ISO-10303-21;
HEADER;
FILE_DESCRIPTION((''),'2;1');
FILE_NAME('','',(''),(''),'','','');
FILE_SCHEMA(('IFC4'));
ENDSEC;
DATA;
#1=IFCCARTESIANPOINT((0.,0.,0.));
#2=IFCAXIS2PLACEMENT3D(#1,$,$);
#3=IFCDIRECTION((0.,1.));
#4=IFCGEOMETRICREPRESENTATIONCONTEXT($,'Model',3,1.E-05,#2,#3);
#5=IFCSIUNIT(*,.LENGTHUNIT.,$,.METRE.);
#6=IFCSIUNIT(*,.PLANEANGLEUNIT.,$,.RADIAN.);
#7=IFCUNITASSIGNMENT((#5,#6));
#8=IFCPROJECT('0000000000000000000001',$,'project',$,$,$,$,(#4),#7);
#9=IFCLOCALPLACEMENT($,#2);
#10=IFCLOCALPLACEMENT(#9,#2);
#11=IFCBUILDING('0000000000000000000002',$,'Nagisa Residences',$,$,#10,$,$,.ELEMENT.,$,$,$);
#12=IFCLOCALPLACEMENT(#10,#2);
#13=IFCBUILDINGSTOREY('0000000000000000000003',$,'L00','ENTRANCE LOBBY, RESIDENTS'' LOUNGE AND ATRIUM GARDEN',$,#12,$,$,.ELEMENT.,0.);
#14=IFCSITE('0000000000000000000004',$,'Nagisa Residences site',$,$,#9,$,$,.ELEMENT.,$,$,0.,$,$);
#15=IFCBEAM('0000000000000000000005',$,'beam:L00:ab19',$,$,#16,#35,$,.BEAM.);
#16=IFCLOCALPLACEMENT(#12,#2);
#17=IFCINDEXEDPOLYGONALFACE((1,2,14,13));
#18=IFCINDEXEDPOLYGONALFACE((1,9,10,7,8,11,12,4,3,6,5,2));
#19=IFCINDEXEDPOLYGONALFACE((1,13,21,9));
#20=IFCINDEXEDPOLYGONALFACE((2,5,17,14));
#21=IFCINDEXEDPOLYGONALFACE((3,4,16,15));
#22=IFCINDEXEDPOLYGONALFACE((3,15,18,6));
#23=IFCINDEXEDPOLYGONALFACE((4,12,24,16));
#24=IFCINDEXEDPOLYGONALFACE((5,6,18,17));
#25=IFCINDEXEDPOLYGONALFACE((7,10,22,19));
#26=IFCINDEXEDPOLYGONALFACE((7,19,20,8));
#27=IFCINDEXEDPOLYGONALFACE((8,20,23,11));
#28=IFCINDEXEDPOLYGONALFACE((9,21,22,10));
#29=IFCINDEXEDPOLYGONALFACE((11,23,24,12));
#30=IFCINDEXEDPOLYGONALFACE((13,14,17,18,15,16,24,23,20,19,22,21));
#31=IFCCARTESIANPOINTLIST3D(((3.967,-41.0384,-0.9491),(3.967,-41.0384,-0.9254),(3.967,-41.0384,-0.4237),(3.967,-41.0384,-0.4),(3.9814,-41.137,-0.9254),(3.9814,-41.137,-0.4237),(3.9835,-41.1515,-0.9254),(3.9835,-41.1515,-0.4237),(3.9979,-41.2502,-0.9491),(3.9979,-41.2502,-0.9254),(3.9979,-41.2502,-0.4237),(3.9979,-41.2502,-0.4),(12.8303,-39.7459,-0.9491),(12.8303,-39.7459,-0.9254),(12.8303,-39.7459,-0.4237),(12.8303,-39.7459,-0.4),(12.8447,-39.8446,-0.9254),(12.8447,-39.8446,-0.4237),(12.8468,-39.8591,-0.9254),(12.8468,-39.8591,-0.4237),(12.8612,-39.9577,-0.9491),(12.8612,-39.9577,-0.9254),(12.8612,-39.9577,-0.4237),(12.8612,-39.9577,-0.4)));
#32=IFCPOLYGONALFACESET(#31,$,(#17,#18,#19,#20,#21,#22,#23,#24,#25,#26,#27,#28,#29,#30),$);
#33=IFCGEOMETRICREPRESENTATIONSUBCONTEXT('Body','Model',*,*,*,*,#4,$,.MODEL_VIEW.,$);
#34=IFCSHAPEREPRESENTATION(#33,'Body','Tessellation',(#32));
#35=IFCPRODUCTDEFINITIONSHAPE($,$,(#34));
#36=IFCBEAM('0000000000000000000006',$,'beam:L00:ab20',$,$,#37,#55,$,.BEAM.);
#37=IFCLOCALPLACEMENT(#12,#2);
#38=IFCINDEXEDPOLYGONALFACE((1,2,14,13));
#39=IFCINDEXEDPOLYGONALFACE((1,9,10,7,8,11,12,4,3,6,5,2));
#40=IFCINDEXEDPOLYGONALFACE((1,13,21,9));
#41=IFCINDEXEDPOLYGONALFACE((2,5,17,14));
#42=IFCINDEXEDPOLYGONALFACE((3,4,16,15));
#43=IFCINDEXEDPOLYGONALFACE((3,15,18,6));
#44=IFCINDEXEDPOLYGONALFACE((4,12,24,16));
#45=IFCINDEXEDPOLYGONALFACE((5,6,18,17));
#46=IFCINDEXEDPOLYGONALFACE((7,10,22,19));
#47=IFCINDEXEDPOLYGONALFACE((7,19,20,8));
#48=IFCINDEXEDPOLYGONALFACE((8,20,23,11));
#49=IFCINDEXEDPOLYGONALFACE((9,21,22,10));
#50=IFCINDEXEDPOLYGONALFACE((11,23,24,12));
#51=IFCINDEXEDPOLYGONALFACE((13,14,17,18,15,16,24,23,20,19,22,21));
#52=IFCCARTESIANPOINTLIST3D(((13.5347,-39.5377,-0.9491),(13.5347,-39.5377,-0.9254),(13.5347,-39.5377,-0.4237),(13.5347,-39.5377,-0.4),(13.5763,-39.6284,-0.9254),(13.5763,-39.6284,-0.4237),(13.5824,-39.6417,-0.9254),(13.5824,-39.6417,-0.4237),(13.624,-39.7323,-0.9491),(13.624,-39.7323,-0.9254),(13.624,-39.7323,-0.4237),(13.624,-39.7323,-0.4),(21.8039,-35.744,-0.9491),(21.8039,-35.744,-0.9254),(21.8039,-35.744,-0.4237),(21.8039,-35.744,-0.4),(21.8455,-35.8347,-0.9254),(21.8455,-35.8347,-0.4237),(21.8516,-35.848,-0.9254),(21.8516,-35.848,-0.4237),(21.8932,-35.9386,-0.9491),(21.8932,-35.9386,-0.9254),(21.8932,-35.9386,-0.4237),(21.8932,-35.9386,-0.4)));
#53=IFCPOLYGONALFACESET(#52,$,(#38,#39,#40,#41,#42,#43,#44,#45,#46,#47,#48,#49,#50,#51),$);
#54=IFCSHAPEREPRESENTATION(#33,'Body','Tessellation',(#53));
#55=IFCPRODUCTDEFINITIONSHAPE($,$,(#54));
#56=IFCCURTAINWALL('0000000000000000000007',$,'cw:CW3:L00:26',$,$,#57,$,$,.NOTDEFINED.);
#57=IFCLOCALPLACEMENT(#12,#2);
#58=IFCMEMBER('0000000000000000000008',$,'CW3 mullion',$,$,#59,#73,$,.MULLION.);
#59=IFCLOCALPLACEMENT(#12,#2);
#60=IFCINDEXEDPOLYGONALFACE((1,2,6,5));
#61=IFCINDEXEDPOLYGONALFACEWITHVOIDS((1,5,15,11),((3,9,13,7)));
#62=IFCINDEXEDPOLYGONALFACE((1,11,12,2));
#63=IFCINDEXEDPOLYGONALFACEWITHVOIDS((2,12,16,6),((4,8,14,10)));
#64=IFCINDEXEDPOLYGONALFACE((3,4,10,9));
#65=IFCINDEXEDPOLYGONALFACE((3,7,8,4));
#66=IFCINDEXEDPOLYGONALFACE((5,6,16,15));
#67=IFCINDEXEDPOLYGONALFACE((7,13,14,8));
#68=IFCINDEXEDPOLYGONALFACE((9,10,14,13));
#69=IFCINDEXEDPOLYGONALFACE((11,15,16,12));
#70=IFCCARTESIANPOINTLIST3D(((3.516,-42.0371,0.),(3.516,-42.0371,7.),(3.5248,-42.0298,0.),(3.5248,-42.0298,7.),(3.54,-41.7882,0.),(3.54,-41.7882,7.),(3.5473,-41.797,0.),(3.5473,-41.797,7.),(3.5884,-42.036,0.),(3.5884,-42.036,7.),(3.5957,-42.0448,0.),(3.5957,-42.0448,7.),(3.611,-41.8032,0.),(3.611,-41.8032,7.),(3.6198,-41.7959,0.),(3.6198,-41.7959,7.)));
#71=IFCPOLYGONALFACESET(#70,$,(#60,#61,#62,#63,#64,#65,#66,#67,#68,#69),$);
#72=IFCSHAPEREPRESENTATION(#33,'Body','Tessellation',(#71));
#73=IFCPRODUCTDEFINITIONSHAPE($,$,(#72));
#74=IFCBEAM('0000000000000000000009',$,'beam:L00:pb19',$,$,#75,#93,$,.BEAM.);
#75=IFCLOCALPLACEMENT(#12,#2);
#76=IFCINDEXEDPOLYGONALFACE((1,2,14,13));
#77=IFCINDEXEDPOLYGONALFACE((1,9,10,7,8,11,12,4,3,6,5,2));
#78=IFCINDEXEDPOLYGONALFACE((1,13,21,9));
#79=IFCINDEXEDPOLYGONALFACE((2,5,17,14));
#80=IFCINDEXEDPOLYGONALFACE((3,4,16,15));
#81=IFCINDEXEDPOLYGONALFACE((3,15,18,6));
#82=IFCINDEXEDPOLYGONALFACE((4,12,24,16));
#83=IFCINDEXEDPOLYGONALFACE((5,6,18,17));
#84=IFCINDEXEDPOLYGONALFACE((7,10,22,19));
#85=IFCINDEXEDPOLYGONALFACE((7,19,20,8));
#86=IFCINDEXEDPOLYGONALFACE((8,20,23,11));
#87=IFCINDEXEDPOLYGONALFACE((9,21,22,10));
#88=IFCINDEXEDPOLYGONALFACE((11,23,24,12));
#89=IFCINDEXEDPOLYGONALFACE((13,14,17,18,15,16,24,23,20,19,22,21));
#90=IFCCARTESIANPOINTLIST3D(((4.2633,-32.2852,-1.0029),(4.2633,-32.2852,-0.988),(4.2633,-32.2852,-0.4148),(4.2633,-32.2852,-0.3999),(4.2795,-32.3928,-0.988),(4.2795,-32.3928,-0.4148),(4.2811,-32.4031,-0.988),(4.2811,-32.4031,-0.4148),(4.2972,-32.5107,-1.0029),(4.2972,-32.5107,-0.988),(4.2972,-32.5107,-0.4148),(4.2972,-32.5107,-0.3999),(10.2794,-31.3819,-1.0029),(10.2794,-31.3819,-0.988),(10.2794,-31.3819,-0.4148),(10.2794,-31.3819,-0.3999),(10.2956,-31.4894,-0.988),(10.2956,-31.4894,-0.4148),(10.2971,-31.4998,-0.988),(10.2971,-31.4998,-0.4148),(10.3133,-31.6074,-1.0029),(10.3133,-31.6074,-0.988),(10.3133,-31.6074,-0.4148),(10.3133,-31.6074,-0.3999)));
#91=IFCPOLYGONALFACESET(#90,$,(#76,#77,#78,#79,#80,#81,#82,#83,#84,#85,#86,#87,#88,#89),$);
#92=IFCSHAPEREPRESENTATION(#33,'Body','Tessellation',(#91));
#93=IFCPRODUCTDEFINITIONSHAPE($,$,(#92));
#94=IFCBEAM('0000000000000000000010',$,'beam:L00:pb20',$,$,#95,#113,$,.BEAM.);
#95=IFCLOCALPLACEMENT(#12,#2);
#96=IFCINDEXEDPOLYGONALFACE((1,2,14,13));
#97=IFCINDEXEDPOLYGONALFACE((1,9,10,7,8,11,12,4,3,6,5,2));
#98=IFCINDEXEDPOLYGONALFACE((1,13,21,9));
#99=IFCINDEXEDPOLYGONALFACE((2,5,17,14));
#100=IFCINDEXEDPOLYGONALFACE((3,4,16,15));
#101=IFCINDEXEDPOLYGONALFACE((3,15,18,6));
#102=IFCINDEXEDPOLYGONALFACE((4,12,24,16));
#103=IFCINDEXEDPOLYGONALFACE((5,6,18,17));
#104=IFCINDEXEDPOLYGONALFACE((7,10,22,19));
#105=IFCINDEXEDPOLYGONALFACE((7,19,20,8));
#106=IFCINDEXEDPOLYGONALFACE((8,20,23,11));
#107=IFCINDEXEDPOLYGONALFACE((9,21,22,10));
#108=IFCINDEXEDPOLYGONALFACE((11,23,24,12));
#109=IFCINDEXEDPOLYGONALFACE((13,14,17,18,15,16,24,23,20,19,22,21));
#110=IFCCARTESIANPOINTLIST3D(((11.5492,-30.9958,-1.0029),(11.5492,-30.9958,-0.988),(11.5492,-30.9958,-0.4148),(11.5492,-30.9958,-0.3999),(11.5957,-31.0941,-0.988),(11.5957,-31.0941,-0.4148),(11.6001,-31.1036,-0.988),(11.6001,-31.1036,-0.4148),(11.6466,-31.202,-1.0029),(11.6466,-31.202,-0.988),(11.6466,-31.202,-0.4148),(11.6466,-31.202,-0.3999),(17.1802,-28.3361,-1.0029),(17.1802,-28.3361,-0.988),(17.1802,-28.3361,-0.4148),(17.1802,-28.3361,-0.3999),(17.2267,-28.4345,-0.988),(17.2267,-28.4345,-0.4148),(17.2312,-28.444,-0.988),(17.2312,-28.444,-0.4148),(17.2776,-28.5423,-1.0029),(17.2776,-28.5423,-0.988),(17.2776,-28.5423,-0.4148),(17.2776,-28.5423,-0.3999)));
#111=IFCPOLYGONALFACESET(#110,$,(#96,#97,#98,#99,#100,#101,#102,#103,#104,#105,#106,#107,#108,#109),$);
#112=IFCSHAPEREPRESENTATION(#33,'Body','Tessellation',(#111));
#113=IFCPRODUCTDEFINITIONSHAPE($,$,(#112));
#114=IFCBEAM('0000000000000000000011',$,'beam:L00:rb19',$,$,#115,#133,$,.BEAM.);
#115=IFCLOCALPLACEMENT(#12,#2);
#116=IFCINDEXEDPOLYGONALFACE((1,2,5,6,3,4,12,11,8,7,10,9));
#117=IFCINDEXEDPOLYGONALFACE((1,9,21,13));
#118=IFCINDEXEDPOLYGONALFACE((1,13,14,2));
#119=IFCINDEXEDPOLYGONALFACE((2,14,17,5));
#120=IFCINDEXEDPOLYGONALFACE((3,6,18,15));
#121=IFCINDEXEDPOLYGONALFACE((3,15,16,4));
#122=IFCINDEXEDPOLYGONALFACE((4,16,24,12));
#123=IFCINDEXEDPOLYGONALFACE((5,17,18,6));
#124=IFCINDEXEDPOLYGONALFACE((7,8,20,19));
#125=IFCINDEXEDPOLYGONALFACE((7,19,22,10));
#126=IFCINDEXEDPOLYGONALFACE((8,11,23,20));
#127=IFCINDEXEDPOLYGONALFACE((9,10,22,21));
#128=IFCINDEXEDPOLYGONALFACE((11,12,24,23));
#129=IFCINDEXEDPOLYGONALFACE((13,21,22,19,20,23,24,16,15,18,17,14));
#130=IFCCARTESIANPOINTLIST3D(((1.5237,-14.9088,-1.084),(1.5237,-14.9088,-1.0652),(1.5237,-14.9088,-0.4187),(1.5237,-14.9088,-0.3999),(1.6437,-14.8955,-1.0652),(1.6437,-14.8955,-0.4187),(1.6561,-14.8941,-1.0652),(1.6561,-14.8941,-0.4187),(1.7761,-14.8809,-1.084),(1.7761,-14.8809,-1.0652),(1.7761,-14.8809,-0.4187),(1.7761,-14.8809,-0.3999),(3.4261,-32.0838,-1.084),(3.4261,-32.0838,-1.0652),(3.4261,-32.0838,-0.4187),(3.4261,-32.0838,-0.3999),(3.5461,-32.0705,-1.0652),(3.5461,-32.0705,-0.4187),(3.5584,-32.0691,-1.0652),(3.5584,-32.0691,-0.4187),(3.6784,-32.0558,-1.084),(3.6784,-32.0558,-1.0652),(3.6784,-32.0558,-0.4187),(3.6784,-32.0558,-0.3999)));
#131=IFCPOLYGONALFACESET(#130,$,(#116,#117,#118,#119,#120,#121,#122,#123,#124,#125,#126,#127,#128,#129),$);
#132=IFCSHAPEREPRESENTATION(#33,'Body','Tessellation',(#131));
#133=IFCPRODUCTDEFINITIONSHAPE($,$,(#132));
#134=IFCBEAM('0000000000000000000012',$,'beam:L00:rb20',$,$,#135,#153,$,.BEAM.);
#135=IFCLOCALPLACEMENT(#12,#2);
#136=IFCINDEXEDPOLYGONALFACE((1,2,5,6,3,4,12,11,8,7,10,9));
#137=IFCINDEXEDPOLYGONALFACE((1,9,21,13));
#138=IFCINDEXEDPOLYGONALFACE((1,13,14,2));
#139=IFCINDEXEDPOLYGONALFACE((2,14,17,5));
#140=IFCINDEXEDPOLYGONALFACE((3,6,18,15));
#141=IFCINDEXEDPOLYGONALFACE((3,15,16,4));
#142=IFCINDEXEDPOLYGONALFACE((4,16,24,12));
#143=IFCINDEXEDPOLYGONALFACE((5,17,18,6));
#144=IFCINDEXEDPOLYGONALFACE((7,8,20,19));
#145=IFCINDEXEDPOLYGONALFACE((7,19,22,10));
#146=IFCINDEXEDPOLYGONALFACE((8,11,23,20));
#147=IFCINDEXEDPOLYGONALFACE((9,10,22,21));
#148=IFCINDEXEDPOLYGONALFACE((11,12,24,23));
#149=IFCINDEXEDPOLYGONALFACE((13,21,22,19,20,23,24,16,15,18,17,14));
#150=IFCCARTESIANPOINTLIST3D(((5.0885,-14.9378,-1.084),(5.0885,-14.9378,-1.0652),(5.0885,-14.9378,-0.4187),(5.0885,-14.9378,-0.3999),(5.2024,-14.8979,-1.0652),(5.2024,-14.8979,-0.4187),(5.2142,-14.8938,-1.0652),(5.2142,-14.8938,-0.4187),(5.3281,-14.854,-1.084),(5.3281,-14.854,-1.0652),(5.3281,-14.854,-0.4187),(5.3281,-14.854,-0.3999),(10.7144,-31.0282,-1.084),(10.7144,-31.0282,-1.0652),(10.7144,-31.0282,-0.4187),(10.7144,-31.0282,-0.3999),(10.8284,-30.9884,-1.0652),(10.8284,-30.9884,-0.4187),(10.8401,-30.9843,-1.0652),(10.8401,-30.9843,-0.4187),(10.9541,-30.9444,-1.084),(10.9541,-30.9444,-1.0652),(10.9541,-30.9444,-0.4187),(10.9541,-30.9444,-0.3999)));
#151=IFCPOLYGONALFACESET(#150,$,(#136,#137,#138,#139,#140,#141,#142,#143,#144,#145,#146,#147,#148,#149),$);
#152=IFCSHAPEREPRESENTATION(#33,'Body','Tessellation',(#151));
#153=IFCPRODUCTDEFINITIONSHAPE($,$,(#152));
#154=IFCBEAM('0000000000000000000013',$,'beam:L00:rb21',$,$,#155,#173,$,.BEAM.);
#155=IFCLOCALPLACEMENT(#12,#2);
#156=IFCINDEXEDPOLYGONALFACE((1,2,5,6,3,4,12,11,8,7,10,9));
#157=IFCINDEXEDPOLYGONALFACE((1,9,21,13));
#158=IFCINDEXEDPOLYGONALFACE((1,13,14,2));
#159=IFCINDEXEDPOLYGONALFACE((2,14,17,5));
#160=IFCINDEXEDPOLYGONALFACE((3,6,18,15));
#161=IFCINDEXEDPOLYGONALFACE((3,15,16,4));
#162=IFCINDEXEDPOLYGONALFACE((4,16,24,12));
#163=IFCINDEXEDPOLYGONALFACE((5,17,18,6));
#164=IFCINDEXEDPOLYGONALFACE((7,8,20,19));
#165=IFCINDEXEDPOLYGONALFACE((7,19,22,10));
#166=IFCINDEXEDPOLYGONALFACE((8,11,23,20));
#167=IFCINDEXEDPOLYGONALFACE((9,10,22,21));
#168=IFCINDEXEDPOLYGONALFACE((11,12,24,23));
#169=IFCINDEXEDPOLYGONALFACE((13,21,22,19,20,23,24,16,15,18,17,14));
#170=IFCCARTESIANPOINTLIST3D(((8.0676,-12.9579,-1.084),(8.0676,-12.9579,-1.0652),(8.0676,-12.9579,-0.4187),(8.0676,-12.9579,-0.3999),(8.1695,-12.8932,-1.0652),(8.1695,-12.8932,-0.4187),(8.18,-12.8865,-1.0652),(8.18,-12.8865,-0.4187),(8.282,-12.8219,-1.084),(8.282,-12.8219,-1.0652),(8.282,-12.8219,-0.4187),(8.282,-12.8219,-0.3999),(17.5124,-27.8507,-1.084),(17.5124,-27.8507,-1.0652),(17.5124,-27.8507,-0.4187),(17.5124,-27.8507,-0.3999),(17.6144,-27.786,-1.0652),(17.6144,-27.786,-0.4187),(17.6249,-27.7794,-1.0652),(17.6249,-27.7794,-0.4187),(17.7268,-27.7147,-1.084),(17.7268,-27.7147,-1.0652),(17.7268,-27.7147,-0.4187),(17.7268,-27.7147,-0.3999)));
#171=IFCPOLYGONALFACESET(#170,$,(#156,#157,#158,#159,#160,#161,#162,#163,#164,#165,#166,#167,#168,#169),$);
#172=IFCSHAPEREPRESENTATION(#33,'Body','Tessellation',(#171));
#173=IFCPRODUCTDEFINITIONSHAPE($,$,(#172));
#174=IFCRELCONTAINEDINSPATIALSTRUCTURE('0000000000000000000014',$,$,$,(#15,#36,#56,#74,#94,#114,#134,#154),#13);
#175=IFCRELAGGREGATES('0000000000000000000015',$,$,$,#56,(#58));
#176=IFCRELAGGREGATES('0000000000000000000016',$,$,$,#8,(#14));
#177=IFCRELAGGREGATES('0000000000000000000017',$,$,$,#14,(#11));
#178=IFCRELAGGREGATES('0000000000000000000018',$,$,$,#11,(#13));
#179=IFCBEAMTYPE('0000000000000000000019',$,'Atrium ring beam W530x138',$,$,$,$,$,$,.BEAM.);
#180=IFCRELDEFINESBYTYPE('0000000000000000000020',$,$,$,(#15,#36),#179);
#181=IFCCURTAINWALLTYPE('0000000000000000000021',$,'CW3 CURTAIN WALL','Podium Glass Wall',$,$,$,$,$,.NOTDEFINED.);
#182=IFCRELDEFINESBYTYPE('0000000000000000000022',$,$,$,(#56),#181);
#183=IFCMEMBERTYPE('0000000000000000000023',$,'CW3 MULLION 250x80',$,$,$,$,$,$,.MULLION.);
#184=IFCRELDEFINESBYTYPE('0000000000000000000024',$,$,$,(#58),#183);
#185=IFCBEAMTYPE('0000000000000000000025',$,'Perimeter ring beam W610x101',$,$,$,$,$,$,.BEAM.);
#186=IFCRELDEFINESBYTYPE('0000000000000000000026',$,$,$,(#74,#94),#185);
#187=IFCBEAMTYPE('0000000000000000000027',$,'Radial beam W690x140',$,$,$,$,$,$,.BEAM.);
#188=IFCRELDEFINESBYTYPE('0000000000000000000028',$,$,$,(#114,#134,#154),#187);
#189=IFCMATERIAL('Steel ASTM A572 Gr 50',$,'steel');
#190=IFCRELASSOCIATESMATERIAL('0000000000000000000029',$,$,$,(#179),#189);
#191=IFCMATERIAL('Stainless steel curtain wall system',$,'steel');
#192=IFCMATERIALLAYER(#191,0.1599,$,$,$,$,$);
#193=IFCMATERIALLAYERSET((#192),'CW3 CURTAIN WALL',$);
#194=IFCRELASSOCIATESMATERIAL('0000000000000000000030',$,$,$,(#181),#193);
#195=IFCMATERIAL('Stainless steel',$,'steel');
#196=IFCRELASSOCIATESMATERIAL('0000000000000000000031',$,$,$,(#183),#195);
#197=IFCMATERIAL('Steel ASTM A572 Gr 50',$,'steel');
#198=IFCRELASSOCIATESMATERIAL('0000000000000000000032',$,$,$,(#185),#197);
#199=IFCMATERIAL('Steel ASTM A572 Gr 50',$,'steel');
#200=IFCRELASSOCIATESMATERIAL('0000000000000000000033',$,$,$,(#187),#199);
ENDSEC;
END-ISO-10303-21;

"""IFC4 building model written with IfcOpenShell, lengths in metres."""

from ifc_helpers import new_model, si_unit, direction, frame, origin, origin_2d, place, context, subcontext, project, spatial, hollow_rectangle, i_section, extrude, material, layer, layer_set, material_profile, profile_set, type_object, element, aggregate, save


model = new_model("IFC4")

# Units and contexts
model_context = context("Model", 3, precision=1e-05, world=origin(), true_north=direction((0.0, 1.0)))
body_context = subcontext(model_context, "Body", "Model", "MODEL_VIEW")
ifc_project = project(units=[si_unit("LENGTHUNIT", "METRE"), si_unit("PLANEANGLEUNIT", "RADIAN")], contexts=[model_context])

# Site, building, storey
site_placement = place(None, origin())
site = spatial("IfcSite", under=ifc_project, at=site_placement, Name="Nagisa Residences site", CompositionType="ELEMENT", RefElevation=0.0)
building_placement = place(site_placement, origin())
building = spatial("IfcBuilding", under=site, at=building_placement, Name="Nagisa Residences", CompositionType="ELEMENT")
storey_placement = place(building_placement, origin())
storey = spatial("IfcBuildingStorey", under=building, at=storey_placement, Name="L00", Description="ENTRANCE LOBBY, RESIDENTS' LOUNGE AND ATRIUM GARDEN", CompositionType="ELEMENT", Elevation=0.0)

# Beams
ifc_material_1 = material(Name="Steel ASTM A572 Gr 50", Category="steel")
ifc_material_profile_1 = material_profile(ifc_material_1, i_section(OverallWidth=0.2141, OverallDepth=0.5491, WebThickness=0.0146, FlangeThickness=0.0237, at=origin_2d()), Name="W530x138")
ifc_profile_set_1 = profile_set([ifc_material_profile_1], Name="Steel ASTM A572 Gr 50")
beam_type_1 = type_object("IfcBeamType", Name="Atrium ring beam W530x138", PredefinedType="BEAM", material=ifc_profile_set_1)
beam_1_placement = place(storey_placement, frame((3.9824, -41.1443, -0.6746), z_axis=(0.989534, 0.144298, 0.0), x_axis=(-0.144298, 0.989534, 0.0)))
element("IfcBeam", 1, at=beam_1_placement, inside=storey, type_object=beam_type_1, Name="beam:L00:ab19", PredefinedType="BEAM", context=body_context, shape_type="SweptSolid", body=[
    extrude(i_section(OverallWidth=0.2141, OverallDepth=0.5491, WebThickness=0.0146, FlangeThickness=0.0237, at=origin_2d()), origin(), (0.0, 0.0, 1.0), 8.957),
])
beam_2_placement = place(storey_placement, frame((13.5793, -39.635, -0.6746), z_axis=(0.908914, 0.416983, 0.0), x_axis=(-0.416983, 0.908914, 0.0)))
element("IfcBeam", 2, at=beam_2_placement, inside=storey, type_object=beam_type_1, Name="beam:L00:ab20", PredefinedType="BEAM", context=body_context, shape_type="SweptSolid", body=[
    extrude(i_section(OverallWidth=0.2141, OverallDepth=0.5491, WebThickness=0.0146, FlangeThickness=0.0237, at=origin_2d()), origin(), (0.0, 0.0, 1.0), 9.0979),
])

# Curtain wall, member
ifc_material_2 = material(Name="Stainless steel curtain wall system", Category="steel")
ifc_layer_1 = layer(ifc_material_2, 0.1599)
ifc_layer_set_1 = layer_set([ifc_layer_1], Name="CW3 CURTAIN WALL")
curtain_wall_type = type_object("IfcCurtainWallType", Name="CW3 CURTAIN WALL", Description="Podium Glass Wall", PredefinedType="NOTDEFINED", material=ifc_layer_set_1)
curtain_wall_placement = place(storey_placement, origin())
curtain_wall = element("IfcCurtainWall", 3, at=curtain_wall_placement, inside=storey, type_object=curtain_wall_type, Name="cw:CW3:L00:26", PredefinedType="NOTDEFINED")
ifc_material_3 = material(Name="Stainless steel", Category="steel")
ifc_material_profile_2 = material_profile(ifc_material_3, hollow_rectangle(XDim=0.25, YDim=0.0801, WallThickness=0.0081, at=origin_2d()), Name="CW3 MULLION 250x80")
ifc_profile_set_2 = profile_set([ifc_material_profile_2], Name="Stainless steel")
member_type = type_object("IfcMemberType", Name="CW3 MULLION 250x80", PredefinedType="MULLION", material=ifc_profile_set_2)
member_placement = place(storey_placement, frame((3.5679, -41.9165, 0.0), z_axis=(0.0, 0.0, 1.0), x_axis=(0.096249, 0.995357, 0.0)))
member = element("IfcMember", 4, at=member_placement, type_object=member_type, Name="CW3 mullion", PredefinedType="MULLION", context=body_context, shape_type="SweptSolid", body=[
    extrude(hollow_rectangle(XDim=0.25, YDim=0.0801, WallThickness=0.0081, at=origin_2d()), origin(), (0.0, 0.0, 1.0), 7.0),
])
aggregate(curtain_wall, [member])

# Beams
ifc_material_4 = material(Name="Steel ASTM A572 Gr 50", Category="steel")
ifc_material_profile_3 = material_profile(ifc_material_4, i_section(OverallWidth=0.228, OverallDepth=0.603, WebThickness=0.0105, FlangeThickness=0.0149, at=origin_2d()), Name="W610x101")
ifc_profile_set_3 = profile_set([ifc_material_profile_3], Name="Steel ASTM A572 Gr 50")
beam_type_2 = type_object("IfcBeamType", Name="Perimeter ring beam W610x101", PredefinedType="BEAM", material=ifc_profile_set_3)
beam_3_placement = place(storey_placement, frame((4.2803, -32.3979, -0.7014), z_axis=(0.988915, 0.148486, 0.0), x_axis=(-0.148486, 0.988915, 0.0)))
element("IfcBeam", 5, at=beam_3_placement, inside=storey, type_object=beam_type_2, Name="beam:L00:pb19", PredefinedType="BEAM", context=body_context, shape_type="SweptSolid", body=[
    extrude(i_section(OverallWidth=0.228, OverallDepth=0.603, WebThickness=0.0105, FlangeThickness=0.0149, at=origin_2d()), origin(), (0.0, 0.0, 1.0), 6.0835),
])
beam_4_placement = place(storey_placement, frame((11.5979, -31.0989, -0.7014), z_axis=(0.904215, 0.427077, 0.0), x_axis=(-0.427077, 0.904215, 0.0)))
element("IfcBeam", 6, at=beam_4_placement, inside=storey, type_object=beam_type_2, Name="beam:L00:pb20", PredefinedType="BEAM", context=body_context, shape_type="SweptSolid", body=[
    extrude(i_section(OverallWidth=0.228, OverallDepth=0.603, WebThickness=0.0105, FlangeThickness=0.0149, at=origin_2d()), origin(), (0.0, 0.0, 1.0), 6.2275),
])
ifc_material_5 = material(Name="Steel ASTM A572 Gr 50", Category="steel")
ifc_material_profile_4 = material_profile(ifc_material_5, i_section(OverallWidth=0.2539, OverallDepth=0.6841, WebThickness=0.0125, FlangeThickness=0.0188, at=origin_2d()), Name="W690x140")
ifc_profile_set_4 = profile_set([ifc_material_profile_4], Name="Steel ASTM A572 Gr 50")
beam_type_3 = type_object("IfcBeamType", Name="Radial beam W690x140", PredefinedType="BEAM", material=ifc_profile_set_4)
beam_5_placement = place(storey_placement, frame((3.5522, -32.0698, -0.7419), z_axis=(-0.110089, 0.993922, 0.0), x_axis=(-0.993922, -0.110089, 0.0)))
element("IfcBeam", 7, at=beam_5_placement, inside=storey, type_object=beam_type_3, Name="beam:L00:rb19", PredefinedType="BEAM", context=body_context, shape_type="SweptSolid", body=[
    extrude(i_section(OverallWidth=0.2539, OverallDepth=0.6841, WebThickness=0.0125, FlangeThickness=0.0188, at=origin_2d()), origin(), (0.0, 0.0, 1.0), 17.28),
])
beam_6_placement = place(storey_placement, frame((10.8342, -30.9863, -0.7419), z_axis=(-0.330051, 0.943963, 0.0), x_axis=(-0.943963, -0.330051, 0.0)))
element("IfcBeam", 8, at=beam_6_placement, inside=storey, type_object=beam_type_3, Name="beam:L00:rb20", PredefinedType="BEAM", context=body_context, shape_type="SweptSolid", body=[
    extrude(i_section(OverallWidth=0.2539, OverallDepth=0.6841, WebThickness=0.0125, FlangeThickness=0.0188, at=origin_2d()), origin(), (0.0, 0.0, 1.0), 17.0457),
])
beam_7_placement = place(storey_placement, frame((17.6196, -27.7827, -0.7419), z_axis=(-0.535566, 0.844493, 0.0), x_axis=(-0.844493, -0.535566, 0.0)))
element("IfcBeam", 9, at=beam_7_placement, inside=storey, type_object=beam_type_3, Name="beam:L00:rb21", PredefinedType="BEAM", context=body_context, shape_type="SweptSolid", body=[
    extrude(i_section(OverallWidth=0.2539, OverallDepth=0.6841, WebThickness=0.0125, FlangeThickness=0.0188, at=origin_2d()), origin(), (0.0, 0.0, 1.0), 17.6353),
])

save(model, "model.ifc")
